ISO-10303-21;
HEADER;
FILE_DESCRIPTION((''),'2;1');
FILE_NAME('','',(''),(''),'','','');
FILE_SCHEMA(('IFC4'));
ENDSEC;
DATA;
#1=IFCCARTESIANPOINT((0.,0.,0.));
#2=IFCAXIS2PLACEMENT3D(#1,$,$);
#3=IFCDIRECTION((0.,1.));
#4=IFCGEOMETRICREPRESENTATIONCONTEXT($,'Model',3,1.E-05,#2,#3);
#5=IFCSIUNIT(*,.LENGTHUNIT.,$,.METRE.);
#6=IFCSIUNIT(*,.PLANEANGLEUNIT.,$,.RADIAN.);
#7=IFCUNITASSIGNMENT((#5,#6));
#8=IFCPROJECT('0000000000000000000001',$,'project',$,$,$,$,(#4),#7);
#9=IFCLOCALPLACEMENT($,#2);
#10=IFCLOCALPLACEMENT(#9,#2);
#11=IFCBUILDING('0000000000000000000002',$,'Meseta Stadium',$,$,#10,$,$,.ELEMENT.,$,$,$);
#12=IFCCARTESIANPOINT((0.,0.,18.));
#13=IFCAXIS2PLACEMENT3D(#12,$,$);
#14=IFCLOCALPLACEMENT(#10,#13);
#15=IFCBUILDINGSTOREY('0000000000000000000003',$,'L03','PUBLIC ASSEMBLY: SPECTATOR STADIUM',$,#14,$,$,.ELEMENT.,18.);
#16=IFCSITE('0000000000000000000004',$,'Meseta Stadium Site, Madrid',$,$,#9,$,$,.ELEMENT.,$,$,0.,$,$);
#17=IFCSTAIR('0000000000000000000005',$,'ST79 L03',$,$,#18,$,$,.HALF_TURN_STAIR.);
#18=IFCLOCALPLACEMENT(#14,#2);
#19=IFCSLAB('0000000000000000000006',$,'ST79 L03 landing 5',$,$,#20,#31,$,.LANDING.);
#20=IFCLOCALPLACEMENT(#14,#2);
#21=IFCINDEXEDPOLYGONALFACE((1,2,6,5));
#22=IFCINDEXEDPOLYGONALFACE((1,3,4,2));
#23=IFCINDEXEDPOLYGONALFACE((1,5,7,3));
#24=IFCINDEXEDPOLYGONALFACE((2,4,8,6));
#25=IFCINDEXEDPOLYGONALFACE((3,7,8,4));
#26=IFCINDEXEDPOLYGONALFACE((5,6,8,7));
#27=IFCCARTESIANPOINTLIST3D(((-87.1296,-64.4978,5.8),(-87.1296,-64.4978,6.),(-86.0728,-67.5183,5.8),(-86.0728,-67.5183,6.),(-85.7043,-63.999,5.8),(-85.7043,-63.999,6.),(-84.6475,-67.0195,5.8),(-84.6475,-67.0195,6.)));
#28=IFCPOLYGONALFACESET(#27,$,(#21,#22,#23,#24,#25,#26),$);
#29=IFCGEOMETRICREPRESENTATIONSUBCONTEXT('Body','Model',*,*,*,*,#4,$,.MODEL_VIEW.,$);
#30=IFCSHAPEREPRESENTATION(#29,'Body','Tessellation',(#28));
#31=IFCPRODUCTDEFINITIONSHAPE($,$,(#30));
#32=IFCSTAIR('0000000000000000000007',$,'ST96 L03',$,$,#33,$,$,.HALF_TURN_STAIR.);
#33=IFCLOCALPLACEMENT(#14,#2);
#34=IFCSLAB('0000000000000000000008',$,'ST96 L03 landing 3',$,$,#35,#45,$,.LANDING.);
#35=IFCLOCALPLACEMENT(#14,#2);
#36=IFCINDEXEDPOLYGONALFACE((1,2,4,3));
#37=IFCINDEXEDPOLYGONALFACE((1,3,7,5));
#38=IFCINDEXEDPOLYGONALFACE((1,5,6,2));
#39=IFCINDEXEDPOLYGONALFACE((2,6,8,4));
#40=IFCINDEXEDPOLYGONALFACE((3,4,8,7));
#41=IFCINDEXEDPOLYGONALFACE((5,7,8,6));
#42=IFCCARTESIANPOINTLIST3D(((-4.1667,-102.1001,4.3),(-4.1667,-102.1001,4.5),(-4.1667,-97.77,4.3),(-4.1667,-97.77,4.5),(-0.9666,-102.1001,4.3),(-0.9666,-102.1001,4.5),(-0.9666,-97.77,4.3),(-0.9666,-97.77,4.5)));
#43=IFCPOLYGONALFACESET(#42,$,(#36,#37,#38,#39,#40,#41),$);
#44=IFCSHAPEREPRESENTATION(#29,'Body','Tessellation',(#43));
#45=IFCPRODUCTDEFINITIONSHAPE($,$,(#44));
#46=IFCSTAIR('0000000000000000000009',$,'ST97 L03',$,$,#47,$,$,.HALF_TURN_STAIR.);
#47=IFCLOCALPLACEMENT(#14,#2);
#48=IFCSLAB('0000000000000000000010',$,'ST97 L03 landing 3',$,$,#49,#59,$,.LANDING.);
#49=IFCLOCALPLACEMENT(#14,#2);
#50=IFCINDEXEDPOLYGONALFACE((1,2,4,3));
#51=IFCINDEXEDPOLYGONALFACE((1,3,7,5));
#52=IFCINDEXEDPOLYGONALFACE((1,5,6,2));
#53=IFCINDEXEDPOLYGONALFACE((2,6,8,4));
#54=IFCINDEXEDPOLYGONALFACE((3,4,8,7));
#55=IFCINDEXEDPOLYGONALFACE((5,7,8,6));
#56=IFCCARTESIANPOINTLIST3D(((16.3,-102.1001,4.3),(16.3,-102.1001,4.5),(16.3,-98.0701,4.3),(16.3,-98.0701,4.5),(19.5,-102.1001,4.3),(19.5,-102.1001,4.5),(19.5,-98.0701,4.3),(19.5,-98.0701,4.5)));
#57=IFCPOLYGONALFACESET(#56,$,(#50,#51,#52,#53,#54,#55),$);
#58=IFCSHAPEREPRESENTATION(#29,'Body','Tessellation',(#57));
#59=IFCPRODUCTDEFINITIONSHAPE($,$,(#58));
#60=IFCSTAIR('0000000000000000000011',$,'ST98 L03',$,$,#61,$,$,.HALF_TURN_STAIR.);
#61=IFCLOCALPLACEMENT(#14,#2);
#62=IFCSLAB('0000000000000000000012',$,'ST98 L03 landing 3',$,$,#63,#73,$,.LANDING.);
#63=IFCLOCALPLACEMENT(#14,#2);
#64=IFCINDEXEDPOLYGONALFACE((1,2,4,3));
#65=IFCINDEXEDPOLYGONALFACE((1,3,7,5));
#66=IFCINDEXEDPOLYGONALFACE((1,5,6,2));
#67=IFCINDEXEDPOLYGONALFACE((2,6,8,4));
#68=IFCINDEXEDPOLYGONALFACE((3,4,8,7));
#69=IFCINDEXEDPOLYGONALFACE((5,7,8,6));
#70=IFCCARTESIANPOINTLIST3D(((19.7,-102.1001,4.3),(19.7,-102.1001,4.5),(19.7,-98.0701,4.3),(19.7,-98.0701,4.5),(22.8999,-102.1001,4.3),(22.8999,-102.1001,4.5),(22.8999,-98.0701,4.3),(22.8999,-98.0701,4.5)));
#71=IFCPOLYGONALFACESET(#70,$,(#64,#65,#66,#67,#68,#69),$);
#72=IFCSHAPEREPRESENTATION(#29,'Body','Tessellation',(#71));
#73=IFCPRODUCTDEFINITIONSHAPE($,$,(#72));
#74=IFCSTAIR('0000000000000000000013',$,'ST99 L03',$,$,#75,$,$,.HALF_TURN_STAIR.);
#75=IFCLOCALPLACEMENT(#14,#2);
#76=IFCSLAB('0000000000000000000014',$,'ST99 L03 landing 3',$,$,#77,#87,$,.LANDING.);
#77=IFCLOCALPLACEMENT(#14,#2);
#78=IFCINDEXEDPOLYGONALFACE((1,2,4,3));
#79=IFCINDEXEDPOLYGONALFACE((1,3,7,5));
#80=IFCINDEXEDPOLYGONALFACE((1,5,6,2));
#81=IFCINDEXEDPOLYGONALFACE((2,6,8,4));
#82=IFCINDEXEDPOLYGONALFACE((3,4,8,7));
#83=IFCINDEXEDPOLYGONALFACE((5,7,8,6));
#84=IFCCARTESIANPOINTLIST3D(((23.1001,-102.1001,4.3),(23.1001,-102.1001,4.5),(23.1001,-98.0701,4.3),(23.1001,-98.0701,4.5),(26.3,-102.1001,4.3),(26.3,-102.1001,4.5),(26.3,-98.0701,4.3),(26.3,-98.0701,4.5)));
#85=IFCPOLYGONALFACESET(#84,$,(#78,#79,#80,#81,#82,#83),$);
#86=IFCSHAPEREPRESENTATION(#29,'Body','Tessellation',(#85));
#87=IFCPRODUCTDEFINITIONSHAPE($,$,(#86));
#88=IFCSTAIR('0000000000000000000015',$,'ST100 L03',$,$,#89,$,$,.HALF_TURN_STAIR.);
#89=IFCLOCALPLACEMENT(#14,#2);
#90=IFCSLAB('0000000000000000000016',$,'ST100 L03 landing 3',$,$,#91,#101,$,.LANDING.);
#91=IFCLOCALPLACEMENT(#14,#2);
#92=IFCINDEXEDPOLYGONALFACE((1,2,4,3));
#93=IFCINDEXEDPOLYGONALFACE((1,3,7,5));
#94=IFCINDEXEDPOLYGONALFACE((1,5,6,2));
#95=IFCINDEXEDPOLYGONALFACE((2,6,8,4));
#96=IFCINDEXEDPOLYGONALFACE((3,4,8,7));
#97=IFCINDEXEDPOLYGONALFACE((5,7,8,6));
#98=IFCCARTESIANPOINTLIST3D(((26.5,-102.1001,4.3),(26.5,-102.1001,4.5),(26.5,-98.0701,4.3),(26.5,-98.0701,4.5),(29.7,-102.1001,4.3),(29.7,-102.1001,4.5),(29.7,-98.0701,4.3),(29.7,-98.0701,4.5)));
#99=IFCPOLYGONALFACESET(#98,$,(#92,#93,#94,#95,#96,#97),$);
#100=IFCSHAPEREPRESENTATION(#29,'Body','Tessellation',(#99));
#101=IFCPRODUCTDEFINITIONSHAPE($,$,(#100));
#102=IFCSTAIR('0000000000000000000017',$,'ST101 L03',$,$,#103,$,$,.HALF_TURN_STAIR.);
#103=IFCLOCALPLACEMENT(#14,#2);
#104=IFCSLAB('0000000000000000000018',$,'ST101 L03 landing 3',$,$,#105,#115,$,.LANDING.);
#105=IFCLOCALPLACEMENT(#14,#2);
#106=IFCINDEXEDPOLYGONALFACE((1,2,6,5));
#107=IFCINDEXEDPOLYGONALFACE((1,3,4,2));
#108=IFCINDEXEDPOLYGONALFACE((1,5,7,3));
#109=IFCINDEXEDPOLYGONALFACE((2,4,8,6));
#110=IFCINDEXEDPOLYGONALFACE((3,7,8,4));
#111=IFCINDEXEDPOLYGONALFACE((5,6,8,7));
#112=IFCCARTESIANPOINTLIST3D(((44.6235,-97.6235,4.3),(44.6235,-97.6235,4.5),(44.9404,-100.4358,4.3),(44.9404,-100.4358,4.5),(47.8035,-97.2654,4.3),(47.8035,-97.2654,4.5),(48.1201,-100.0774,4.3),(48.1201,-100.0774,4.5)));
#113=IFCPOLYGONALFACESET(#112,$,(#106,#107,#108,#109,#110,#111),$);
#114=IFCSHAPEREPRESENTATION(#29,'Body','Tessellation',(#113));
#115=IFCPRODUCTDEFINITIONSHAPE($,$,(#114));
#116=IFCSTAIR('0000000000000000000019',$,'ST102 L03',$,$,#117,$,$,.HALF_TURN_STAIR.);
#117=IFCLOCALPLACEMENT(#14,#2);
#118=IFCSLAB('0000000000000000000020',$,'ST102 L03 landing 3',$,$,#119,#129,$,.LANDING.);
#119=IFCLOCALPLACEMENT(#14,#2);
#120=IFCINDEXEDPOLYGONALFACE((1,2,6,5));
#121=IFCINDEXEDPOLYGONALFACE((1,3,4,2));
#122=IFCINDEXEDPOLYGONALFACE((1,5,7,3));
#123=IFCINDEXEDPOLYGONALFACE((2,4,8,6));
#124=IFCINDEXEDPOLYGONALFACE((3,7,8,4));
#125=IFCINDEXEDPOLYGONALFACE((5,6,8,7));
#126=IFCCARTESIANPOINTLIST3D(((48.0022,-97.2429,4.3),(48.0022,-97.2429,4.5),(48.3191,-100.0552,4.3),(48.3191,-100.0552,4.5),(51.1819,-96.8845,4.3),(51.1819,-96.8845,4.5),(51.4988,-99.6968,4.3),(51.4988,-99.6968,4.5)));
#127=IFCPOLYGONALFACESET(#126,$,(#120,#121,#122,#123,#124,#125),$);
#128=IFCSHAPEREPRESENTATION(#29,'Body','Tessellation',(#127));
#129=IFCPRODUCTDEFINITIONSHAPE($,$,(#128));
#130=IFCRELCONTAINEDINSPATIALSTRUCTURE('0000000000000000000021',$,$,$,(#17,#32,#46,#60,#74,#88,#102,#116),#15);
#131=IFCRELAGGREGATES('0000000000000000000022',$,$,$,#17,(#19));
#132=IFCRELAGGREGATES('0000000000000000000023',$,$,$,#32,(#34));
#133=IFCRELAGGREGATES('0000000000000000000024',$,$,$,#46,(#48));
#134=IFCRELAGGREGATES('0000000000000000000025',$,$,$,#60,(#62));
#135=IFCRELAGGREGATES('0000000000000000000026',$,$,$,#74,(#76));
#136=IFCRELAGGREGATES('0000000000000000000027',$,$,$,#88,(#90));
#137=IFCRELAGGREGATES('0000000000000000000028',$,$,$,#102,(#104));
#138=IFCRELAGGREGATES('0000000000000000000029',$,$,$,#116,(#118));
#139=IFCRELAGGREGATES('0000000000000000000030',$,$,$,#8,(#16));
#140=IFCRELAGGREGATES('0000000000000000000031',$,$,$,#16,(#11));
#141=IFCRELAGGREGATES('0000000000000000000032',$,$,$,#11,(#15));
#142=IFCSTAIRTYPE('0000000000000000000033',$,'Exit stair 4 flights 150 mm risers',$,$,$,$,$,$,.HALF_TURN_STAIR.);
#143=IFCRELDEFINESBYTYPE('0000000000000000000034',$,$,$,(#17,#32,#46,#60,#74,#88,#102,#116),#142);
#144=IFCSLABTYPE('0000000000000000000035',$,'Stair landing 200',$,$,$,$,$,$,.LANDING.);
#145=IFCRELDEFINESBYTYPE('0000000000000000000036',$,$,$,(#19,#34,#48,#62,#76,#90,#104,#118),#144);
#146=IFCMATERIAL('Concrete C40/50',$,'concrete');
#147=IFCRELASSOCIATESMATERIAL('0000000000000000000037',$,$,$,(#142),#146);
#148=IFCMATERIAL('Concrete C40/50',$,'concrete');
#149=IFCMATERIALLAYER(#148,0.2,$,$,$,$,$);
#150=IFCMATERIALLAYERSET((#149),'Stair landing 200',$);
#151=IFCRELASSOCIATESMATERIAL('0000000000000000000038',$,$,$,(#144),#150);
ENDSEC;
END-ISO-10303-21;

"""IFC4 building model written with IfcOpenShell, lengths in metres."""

from ifc_helpers import new_model, si_unit, direction, frame, origin, place, context, subcontext, project, spatial, polyline, outline, extrude, material, layer, layer_set, type_object, element, aggregate, save


model = new_model("IFC4")

# Units and contexts
model_context = context("Model", 3, precision=1e-05, world=origin(), true_north=direction((0.0, 1.0)))
body_context = subcontext(model_context, "Body", "Model", "MODEL_VIEW")
ifc_project = project(units=[si_unit("LENGTHUNIT", "METRE"), si_unit("PLANEANGLEUNIT", "RADIAN")], contexts=[model_context])

# Site, building, storey
site_placement = place(None, origin())
site = spatial("IfcSite", under=ifc_project, at=site_placement, Name="Meseta Stadium Site, Madrid", CompositionType="ELEMENT", RefElevation=0.0)
building_placement = place(site_placement, origin())
building = spatial("IfcBuilding", under=site, at=building_placement, Name="Meseta Stadium", CompositionType="ELEMENT")
storey_placement = place(building_placement, frame((0.0, 0.0, 18.0)))
storey = spatial("IfcBuildingStorey", under=building, at=storey_placement, Name="L03", Description="PUBLIC ASSEMBLY: SPECTATOR STADIUM", CompositionType="ELEMENT", Elevation=18.0)

# Stairs, slabs
ifc_material_1 = material(Name="Concrete C40/50", Category="concrete")
stair_type = type_object("IfcStairType", Name="Exit stair 4 flights 150 mm risers", PredefinedType="HALF_TURN_STAIR", material=ifc_material_1)
ifc_material_2 = material(Name="Concrete C40/50", Category="concrete")
ifc_layer_1 = layer(ifc_material_2, 0.2)
ifc_layer_set_1 = layer_set([ifc_layer_1], Name="Stair landing 200")
slab_type_1 = type_object("IfcSlabType", Name="Stair landing 200", PredefinedType="LANDING", material=ifc_layer_set_1)
stair_1_placement = place(storey_placement, origin())
stair_1 = element("IfcStair", 1, at=stair_1_placement, inside=storey, type_object=stair_type, Name="ST79 L03", PredefinedType="HALF_TURN_STAIR")
slab_1_placement = place(storey_placement, frame((0.0, 0.0, 5.8)))
slab_1 = element("IfcSlab", 2, at=slab_1_placement, type_object=slab_type_1, Name="ST79 L03 landing 5", PredefinedType="LANDING", context=body_context, shape_type="SweptSolid", body=[
    extrude(outline(polyline([(-85.7043, -63.999), (-87.1296, -64.4978), (-86.0728, -67.5183), (-84.6475, -67.0195), (-85.7043, -63.999)])), origin(), (0.0, 0.0, 1.0), 0.2),
])
aggregate(stair_1, [slab_1])
stair_2_placement = place(storey_placement, origin())
stair_2 = element("IfcStair", 3, at=stair_2_placement, inside=storey, type_object=stair_type, Name="ST96 L03", PredefinedType="HALF_TURN_STAIR")
slab_2_placement = place(storey_placement, frame((0.0, 0.0, 4.3)))
slab_2 = element("IfcSlab", 4, at=slab_2_placement, type_object=slab_type_1, Name="ST96 L03 landing 3", PredefinedType="LANDING", context=body_context, shape_type="SweptSolid", body=[
    extrude(outline(polyline([(-4.1667, -97.77), (-4.1667, -102.1001), (-0.9666, -102.1001), (-0.9666, -97.77), (-4.1667, -97.77)])), origin(), (0.0, 0.0, 1.0), 0.2),
])
aggregate(stair_2, [slab_2])
stair_3_placement = place(storey_placement, origin())
stair_3 = element("IfcStair", 5, at=stair_3_placement, inside=storey, type_object=stair_type, Name="ST97 L03", PredefinedType="HALF_TURN_STAIR")
slab_3_placement = place(storey_placement, frame((0.0, 0.0, 4.3)))
slab_3 = element("IfcSlab", 6, at=slab_3_placement, type_object=slab_type_1, Name="ST97 L03 landing 3", PredefinedType="LANDING", context=body_context, shape_type="SweptSolid", body=[
    extrude(outline(polyline([(16.3, -98.0701), (16.3, -102.1001), (19.5, -102.1001), (19.5, -98.0701), (16.3, -98.0701)])), origin(), (0.0, 0.0, 1.0), 0.2),
])
aggregate(stair_3, [slab_3])
stair_4_placement = place(storey_placement, origin())
stair_4 = element("IfcStair", 7, at=stair_4_placement, inside=storey, type_object=stair_type, Name="ST98 L03", PredefinedType="HALF_TURN_STAIR")
slab_4_placement = place(storey_placement, frame((0.0, 0.0, 4.3)))
slab_4 = element("IfcSlab", 8, at=slab_4_placement, type_object=slab_type_1, Name="ST98 L03 landing 3", PredefinedType="LANDING", context=body_context, shape_type="SweptSolid", body=[
    extrude(outline(polyline([(19.7, -98.0701), (19.7, -102.1001), (22.8999, -102.1001), (22.8999, -98.0701), (19.7, -98.0701)])), origin(), (0.0, 0.0, 1.0), 0.2),
])
aggregate(stair_4, [slab_4])
stair_5_placement = place(storey_placement, origin())
stair_5 = element("IfcStair", 9, at=stair_5_placement, inside=storey, type_object=stair_type, Name="ST99 L03", PredefinedType="HALF_TURN_STAIR")
slab_5_placement = place(storey_placement, frame((0.0, 0.0, 4.3)))
slab_5 = element("IfcSlab", 10, at=slab_5_placement, type_object=slab_type_1, Name="ST99 L03 landing 3", PredefinedType="LANDING", context=body_context, shape_type="SweptSolid", body=[
    extrude(outline(polyline([(23.1001, -98.0701), (23.1001, -102.1001), (26.3, -102.1001), (26.3, -98.0701), (23.1001, -98.0701)])), origin(), (0.0, 0.0, 1.0), 0.2),
])
aggregate(stair_5, [slab_5])
stair_6_placement = place(storey_placement, origin())
stair_6 = element("IfcStair", 11, at=stair_6_placement, inside=storey, type_object=stair_type, Name="ST100 L03", PredefinedType="HALF_TURN_STAIR")
slab_6_placement = place(storey_placement, frame((0.0, 0.0, 4.3)))
slab_6 = element("IfcSlab", 12, at=slab_6_placement, type_object=slab_type_1, Name="ST100 L03 landing 3", PredefinedType="LANDING", context=body_context, shape_type="SweptSolid", body=[
    extrude(outline(polyline([(26.5, -98.0701), (26.5, -102.1001), (29.7, -102.1001), (29.7, -98.0701), (26.5, -98.0701)])), origin(), (0.0, 0.0, 1.0), 0.2),
])
aggregate(stair_6, [slab_6])
stair_7_placement = place(storey_placement, origin())
stair_7 = element("IfcStair", 13, at=stair_7_placement, inside=storey, type_object=stair_type, Name="ST101 L03", PredefinedType="HALF_TURN_STAIR")
slab_7_placement = place(storey_placement, frame((0.0, 0.0, 4.3)))
slab_7 = element("IfcSlab", 14, at=slab_7_placement, type_object=slab_type_1, Name="ST101 L03 landing 3", PredefinedType="LANDING", context=body_context, shape_type="SweptSolid", body=[
    extrude(outline(polyline([(44.6235, -97.6235), (44.9404, -100.4358), (48.1201, -100.0774), (47.8035, -97.2654), (44.6235, -97.6235)])), origin(), (0.0, 0.0, 1.0), 0.2),
])
aggregate(stair_7, [slab_7])
stair_8_placement = place(storey_placement, origin())
stair_8 = element("IfcStair", 15, at=stair_8_placement, inside=storey, type_object=stair_type, Name="ST102 L03", PredefinedType="HALF_TURN_STAIR")
slab_8_placement = place(storey_placement, frame((0.0, 0.0, 4.3)))
slab_8 = element("IfcSlab", 16, at=slab_8_placement, type_object=slab_type_1, Name="ST102 L03 landing 3", PredefinedType="LANDING", context=body_context, shape_type="SweptSolid", body=[
    extrude(outline(polyline([(48.0022, -97.2429), (48.3191, -100.0552), (51.4988, -99.6968), (51.1819, -96.8845), (48.0022, -97.2429)])), origin(), (0.0, 0.0, 1.0), 0.2),
])
aggregate(stair_8, [slab_8])

save(model, "model.ifc")
